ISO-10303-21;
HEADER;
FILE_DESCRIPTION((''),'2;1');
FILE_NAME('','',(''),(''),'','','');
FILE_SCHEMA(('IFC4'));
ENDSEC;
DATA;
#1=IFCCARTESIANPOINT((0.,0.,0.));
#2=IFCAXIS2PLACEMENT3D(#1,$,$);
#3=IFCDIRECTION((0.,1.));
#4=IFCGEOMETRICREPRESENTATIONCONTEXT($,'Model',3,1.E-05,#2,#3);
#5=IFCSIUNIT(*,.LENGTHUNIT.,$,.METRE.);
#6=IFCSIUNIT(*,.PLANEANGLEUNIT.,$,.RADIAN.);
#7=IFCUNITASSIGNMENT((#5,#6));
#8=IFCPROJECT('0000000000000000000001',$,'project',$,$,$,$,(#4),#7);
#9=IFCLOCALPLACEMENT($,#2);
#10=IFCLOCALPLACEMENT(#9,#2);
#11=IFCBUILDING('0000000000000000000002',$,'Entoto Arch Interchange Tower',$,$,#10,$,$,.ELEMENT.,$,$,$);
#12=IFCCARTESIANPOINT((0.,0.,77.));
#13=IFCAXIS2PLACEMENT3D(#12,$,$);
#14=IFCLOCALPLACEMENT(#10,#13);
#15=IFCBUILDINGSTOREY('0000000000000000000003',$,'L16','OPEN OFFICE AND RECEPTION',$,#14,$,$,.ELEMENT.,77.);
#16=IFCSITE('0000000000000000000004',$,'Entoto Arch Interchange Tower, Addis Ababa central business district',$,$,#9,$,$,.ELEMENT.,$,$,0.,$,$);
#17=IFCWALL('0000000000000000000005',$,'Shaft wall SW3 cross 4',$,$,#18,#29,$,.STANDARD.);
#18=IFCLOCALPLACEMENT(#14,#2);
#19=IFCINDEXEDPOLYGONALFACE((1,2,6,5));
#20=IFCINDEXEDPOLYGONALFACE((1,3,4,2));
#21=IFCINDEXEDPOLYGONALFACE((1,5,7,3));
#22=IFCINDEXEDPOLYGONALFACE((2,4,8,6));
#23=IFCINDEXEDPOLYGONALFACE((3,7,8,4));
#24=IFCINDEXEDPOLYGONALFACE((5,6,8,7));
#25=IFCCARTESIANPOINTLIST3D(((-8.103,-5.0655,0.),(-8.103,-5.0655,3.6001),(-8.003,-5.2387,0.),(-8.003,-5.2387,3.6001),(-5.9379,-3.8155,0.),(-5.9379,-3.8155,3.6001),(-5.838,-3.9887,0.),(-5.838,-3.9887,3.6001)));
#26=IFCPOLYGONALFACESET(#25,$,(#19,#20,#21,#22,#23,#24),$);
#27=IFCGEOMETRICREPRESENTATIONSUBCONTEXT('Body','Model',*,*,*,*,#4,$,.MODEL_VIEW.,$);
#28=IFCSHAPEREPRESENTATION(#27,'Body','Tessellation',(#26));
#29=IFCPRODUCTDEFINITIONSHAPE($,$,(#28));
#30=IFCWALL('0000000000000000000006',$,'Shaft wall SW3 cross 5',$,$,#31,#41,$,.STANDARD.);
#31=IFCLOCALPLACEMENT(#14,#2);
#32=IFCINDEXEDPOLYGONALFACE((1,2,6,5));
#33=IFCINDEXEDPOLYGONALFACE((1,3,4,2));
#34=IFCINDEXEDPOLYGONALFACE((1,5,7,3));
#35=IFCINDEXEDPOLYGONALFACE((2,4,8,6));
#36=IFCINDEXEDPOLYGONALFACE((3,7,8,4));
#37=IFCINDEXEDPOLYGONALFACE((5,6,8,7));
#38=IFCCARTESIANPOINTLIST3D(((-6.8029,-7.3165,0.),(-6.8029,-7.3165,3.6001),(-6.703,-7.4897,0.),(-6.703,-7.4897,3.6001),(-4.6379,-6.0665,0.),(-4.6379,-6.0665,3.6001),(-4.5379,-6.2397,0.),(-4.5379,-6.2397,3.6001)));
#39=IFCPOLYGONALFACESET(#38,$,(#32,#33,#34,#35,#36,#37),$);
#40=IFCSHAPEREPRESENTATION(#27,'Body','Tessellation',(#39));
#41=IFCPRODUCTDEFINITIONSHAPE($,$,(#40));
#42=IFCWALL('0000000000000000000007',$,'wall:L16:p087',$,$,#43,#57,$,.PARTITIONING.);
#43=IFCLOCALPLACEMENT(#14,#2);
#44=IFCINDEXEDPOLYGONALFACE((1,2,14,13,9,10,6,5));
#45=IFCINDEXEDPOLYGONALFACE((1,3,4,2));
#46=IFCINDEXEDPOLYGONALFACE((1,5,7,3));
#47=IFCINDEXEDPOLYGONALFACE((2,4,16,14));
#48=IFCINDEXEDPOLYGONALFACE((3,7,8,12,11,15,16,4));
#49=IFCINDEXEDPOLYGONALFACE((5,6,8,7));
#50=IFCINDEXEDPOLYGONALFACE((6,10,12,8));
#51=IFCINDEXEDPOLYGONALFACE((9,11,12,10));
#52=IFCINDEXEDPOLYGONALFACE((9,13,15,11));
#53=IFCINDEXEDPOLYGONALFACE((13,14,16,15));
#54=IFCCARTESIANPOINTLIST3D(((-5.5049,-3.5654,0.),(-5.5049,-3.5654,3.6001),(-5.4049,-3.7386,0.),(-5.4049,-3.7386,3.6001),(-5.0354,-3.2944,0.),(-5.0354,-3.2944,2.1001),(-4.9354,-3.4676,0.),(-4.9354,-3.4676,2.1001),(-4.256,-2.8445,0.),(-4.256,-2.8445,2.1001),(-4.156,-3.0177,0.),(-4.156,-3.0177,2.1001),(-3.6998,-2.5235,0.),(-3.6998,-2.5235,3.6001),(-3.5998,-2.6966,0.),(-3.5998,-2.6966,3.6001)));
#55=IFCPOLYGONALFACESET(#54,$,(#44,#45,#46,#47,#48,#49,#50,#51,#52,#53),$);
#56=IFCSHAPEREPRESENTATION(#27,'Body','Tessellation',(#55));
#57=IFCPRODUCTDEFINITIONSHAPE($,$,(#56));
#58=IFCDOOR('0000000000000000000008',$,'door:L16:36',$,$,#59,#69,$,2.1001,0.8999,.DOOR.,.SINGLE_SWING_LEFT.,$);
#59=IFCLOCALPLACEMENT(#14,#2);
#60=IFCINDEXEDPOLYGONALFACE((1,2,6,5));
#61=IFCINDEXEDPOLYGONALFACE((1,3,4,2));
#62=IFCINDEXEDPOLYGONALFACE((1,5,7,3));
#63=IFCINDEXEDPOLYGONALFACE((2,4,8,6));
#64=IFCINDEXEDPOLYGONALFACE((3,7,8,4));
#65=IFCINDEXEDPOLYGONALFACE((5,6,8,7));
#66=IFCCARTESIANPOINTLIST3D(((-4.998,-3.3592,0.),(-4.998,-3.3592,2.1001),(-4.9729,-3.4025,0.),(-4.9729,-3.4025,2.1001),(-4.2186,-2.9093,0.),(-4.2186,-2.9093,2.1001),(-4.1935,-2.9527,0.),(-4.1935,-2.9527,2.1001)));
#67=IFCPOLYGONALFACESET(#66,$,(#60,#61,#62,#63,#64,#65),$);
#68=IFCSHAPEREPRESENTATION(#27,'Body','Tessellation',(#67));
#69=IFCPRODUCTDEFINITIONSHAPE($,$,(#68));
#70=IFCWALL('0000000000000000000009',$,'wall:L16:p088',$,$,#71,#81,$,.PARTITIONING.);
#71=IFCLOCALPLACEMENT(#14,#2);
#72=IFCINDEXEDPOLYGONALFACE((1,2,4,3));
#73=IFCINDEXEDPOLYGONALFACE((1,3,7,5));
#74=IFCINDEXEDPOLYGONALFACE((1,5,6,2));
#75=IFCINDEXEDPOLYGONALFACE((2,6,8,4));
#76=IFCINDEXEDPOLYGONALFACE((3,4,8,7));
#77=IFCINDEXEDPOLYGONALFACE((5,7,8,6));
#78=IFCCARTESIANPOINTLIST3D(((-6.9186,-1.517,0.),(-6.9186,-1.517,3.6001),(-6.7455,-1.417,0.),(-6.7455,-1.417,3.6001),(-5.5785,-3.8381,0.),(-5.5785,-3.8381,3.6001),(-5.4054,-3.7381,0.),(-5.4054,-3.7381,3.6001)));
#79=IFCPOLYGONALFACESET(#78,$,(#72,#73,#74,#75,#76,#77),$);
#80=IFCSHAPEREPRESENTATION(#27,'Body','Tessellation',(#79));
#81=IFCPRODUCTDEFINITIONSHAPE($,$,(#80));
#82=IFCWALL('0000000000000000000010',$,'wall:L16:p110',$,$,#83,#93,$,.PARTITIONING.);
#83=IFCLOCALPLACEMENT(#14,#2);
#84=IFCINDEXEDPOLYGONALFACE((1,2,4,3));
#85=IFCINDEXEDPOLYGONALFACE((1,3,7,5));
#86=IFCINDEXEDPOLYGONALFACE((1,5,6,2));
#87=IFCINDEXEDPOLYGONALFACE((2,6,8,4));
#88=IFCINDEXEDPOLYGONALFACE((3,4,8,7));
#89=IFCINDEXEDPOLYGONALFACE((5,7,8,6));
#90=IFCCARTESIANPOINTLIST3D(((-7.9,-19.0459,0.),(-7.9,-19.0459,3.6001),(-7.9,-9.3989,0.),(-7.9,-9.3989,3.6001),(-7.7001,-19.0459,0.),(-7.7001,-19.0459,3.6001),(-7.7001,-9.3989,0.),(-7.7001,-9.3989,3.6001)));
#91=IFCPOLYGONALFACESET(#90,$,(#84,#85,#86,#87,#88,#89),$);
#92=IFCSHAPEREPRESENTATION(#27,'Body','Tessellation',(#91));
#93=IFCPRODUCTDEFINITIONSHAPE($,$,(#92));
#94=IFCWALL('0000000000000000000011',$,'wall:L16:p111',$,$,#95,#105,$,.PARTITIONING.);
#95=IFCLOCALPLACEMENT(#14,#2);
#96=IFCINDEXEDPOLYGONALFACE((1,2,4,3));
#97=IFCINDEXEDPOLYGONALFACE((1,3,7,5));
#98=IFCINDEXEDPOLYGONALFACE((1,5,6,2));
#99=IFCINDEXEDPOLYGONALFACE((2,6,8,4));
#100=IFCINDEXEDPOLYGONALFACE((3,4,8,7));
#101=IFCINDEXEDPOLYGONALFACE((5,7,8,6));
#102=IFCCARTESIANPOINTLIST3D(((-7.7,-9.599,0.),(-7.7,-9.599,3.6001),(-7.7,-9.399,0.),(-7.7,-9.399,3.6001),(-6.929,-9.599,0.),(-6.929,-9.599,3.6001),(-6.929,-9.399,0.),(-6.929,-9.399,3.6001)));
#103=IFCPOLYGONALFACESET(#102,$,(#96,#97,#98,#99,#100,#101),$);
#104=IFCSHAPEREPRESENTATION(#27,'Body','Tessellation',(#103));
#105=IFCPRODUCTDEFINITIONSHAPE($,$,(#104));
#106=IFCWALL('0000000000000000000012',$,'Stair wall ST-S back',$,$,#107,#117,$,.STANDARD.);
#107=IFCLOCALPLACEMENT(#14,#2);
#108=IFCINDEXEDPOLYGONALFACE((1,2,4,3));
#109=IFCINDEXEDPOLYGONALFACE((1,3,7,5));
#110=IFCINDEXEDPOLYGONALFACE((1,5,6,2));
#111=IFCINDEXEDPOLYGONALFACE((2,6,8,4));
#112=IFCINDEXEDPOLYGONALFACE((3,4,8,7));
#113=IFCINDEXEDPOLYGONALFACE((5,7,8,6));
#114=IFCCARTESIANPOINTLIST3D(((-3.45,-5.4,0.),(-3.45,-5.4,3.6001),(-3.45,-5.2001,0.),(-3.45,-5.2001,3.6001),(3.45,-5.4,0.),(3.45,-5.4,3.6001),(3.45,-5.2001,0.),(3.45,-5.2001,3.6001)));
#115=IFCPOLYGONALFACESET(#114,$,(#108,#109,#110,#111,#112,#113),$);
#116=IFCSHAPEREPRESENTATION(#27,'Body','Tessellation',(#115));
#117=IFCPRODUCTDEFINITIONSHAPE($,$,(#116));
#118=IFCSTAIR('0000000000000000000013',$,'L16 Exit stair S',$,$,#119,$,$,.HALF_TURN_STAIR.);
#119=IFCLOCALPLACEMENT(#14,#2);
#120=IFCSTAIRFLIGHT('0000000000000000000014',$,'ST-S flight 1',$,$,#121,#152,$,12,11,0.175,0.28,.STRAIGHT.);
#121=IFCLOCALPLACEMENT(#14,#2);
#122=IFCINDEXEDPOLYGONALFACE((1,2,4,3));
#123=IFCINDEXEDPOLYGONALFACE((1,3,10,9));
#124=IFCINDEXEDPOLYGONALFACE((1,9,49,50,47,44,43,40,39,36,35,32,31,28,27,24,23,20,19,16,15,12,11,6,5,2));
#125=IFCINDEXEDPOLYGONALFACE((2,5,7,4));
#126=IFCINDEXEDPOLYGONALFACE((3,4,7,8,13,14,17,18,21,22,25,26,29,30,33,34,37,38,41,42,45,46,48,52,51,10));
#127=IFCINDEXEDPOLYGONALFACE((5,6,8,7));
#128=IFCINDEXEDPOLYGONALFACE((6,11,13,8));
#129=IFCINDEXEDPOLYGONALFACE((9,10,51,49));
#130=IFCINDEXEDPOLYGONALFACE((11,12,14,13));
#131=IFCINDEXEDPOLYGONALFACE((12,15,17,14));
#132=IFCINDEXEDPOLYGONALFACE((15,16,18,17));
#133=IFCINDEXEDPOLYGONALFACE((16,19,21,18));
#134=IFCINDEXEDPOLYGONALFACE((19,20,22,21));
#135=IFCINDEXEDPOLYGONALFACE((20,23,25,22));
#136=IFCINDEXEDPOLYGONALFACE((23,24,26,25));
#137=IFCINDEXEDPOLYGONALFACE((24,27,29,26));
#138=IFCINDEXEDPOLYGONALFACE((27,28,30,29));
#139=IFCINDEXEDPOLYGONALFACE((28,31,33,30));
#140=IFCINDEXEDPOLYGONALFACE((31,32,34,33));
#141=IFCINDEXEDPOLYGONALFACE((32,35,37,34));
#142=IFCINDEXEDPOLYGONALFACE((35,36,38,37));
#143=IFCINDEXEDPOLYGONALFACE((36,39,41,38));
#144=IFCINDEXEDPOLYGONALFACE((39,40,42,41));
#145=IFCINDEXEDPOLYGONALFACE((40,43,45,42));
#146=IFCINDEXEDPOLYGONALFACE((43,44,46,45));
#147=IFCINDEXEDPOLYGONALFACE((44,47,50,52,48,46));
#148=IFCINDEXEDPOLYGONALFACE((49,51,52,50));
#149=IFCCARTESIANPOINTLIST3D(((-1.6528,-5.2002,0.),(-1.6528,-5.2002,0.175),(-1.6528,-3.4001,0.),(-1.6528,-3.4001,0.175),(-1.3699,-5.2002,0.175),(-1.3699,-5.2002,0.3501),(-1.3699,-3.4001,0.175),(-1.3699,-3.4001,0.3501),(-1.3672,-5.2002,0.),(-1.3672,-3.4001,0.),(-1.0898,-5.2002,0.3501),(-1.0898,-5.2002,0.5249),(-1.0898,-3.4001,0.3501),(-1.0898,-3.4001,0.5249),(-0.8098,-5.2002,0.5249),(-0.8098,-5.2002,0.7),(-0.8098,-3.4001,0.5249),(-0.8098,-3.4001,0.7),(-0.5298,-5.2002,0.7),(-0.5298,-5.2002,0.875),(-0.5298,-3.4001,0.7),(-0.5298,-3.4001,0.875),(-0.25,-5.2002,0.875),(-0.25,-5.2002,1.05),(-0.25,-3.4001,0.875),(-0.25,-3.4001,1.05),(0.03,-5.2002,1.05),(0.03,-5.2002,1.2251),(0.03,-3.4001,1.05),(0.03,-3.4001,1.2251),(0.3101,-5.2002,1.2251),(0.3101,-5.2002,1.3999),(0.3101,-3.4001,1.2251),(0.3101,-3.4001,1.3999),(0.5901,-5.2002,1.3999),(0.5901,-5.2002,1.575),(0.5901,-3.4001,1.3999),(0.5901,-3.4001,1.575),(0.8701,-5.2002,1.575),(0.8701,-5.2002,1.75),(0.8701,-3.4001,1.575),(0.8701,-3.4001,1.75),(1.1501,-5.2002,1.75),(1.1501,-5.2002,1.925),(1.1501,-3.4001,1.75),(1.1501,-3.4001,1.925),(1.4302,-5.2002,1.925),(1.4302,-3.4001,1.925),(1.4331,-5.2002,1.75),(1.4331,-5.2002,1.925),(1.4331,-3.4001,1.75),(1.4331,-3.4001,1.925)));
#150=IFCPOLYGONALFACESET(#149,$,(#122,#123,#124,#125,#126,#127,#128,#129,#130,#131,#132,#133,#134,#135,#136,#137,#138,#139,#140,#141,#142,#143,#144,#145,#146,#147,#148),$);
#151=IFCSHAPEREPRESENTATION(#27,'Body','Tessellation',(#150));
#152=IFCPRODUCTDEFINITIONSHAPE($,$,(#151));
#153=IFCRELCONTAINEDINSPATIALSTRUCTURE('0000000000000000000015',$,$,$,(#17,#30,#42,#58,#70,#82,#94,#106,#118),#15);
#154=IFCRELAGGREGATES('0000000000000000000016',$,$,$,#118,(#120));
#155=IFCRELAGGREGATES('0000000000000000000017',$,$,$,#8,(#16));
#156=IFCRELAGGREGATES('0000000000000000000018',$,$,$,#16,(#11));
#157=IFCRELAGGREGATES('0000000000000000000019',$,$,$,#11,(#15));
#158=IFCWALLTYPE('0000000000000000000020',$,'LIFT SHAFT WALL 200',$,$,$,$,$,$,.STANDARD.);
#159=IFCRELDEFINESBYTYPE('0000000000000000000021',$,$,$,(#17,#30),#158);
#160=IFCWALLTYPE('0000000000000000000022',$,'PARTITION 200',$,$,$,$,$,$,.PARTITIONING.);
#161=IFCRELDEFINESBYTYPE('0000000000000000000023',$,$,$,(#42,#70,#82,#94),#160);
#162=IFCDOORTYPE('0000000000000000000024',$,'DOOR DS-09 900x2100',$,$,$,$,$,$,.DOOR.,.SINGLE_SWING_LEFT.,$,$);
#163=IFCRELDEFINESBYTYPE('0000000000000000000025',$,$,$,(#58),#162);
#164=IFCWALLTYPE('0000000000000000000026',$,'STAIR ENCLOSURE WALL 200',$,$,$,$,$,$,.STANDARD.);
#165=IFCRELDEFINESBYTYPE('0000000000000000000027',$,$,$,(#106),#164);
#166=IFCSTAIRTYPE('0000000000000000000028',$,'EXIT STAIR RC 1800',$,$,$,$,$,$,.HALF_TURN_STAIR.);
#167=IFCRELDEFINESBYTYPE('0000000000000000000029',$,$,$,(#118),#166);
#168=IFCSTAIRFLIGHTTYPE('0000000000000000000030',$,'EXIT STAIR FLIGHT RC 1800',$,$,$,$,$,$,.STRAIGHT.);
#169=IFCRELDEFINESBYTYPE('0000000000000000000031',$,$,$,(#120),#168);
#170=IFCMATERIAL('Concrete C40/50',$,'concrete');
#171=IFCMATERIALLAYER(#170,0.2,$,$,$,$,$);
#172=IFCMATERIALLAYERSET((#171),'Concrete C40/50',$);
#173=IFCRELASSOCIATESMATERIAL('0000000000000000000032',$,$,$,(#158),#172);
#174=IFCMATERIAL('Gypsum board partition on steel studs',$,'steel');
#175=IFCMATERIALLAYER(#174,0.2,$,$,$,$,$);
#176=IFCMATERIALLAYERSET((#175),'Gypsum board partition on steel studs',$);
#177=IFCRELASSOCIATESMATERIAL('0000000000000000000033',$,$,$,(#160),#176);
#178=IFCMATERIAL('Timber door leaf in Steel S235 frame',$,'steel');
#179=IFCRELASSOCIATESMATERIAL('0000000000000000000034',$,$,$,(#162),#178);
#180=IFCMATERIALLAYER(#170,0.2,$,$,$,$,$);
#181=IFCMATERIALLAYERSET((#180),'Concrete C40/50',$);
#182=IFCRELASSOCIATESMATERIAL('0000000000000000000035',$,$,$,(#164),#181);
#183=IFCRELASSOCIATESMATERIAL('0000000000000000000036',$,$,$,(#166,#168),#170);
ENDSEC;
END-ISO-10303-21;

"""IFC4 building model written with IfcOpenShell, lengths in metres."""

from ifc_helpers import new_model, si_unit, direction, frame, frame_2d, origin, place, context, subcontext, project, spatial, polyline, rectangle, outline, extrude, material, layer, layer_set, type_object, element, fill, aggregate, save


model = new_model("IFC4")

# Units and contexts
model_context = context("Model", 3, precision=1e-05, world=origin(), true_north=direction((0.0, 1.0)))
body_context = subcontext(model_context, "Body", "Model", "MODEL_VIEW")
ifc_project = project(units=[si_unit("LENGTHUNIT", "METRE"), si_unit("PLANEANGLEUNIT", "RADIAN")], contexts=[model_context])

# Site, building, storey
site_placement = place(None, origin())
site = spatial("IfcSite", under=ifc_project, at=site_placement, Name="Entoto Arch Interchange Tower, Addis Ababa central business district", CompositionType="ELEMENT", RefElevation=0.0)
building_placement = place(site_placement, origin())
building = spatial("IfcBuilding", under=site, at=building_placement, Name="Entoto Arch Interchange Tower", CompositionType="ELEMENT")
storey_placement = place(building_placement, frame((0.0, 0.0, 77.0)))
storey = spatial("IfcBuildingStorey", under=building, at=storey_placement, Name="L16", Description="OPEN OFFICE AND RECEPTION", CompositionType="ELEMENT", Elevation=77.0)

# Walls
ifc_material_1 = material(Name="Concrete C40/50", Category="concrete")
ifc_layer_1 = layer(ifc_material_1, 0.2)
ifc_layer_set_1 = layer_set([ifc_layer_1], Name="Concrete C40/50")
wall_type_1 = type_object("IfcWallType", Name="LIFT SHAFT WALL 200", PredefinedType="STANDARD", material=ifc_layer_set_1)
for number, where, z_axis, x_axis, name in (
    (1, (-5.8879, -3.9021, 0.0), (0.0, 0.0, 1.0), (-0.866023, -0.500004, 0.0), "Shaft wall SW3 cross 4"),
    (2, (-4.5879, -6.1531, 0.0), (0.0, 0.0, 1.0), (-0.866023, -0.500004, 0.0), "Shaft wall SW3 cross 5"),
):
    element("IfcWall", number, at=place(storey_placement, frame(where, z_axis=z_axis, x_axis=x_axis)), inside=storey, type_object=wall_type_1, Name=name, PredefinedType="STANDARD", context=body_context, shape_type="SweptSolid", body=[
        extrude(rectangle(XDim=2.5, YDim=0.2, at=frame_2d((1.25, 0.0))), origin(), (0.0, 0.0, 1.0), 3.6001),
    ])

# Wall, opening, door
ifc_material_2 = material(Name="Gypsum board partition on steel studs", Category="steel")
ifc_layer_2 = layer(ifc_material_2, 0.2)
ifc_layer_set_2 = layer_set([ifc_layer_2], Name="Gypsum board partition on steel studs")
wall_type_2 = type_object("IfcWallType", Name="PARTITION 200", PredefinedType="PARTITIONING", material=ifc_layer_set_2)
wall_1_placement = place(storey_placement, frame((-3.6499, -2.6101, 0.0), z_axis=(0.0, 0.0, 1.0), x_axis=(-0.866072, -0.499918, 0.0)))
wall_1 = element("IfcWall", 3, at=wall_1_placement, inside=storey, type_object=wall_type_2, Name="wall:L16:p087", PredefinedType="PARTITIONING", context=body_context, shape_type="SweptSolid", body=[
    extrude(rectangle(XDim=2.0842, YDim=0.2, at=frame_2d((1.042, 0.0))), origin(), (0.0, 0.0, 1.0), 3.6001),
])
opening_placement = place(wall_1_placement, frame((0.6421, 0.0, 0.0)))
opening = element("IfcOpeningElement", 4, at=opening_placement, cuts=wall_1, PredefinedType="OPENING", context=body_context, shape_type="SweptSolid", body=[
    extrude(rectangle(XDim=0.8999, YDim=2.1001, at=frame_2d((0.45, 1.05))), frame((0.0, 0.1099, 0.0), z_axis=(0.0, -1.0, 0.0), x_axis=(1.0, 0.0, 0.0)), (0.0, 0.0, 1.0), 0.22),
])
ifc_material_3 = material(Name="Timber door leaf in Steel S235 frame", Category="steel")
door_type = type_object("IfcDoorType", Name="DOOR DS-09 900x2100", OperationType="SINGLE_SWING_LEFT", PredefinedType="DOOR", material=ifc_material_3)
door_placement = place(opening_placement, origin())
door = element("IfcDoor", 5, at=door_placement, inside=storey, type_object=door_type, Name="door:L16:36", OperationType="SINGLE_SWING_LEFT", OverallHeight=2.1001, OverallWidth=0.8999, PredefinedType="DOOR", context=body_context, shape_type="SweptSolid", body=[
    extrude(rectangle(XDim=0.8999, YDim=2.1001, at=frame_2d((0.45, 1.05))), frame((0.0, 0.0249, 0.0), z_axis=(0.0, -1.0, 0.0), x_axis=(1.0, 0.0, 0.0)), (0.0, 0.0, 1.0), 0.05),
])
fill(opening, door)

# Walls
wall_2_placement = place(storey_placement, frame((-5.4919, -3.7881, 0.0), z_axis=(0.0, 0.0, 1.0), x_axis=(-0.500009, 0.86602, 0.0)))
element("IfcWall", 6, at=wall_2_placement, inside=storey, type_object=wall_type_2, Name="wall:L16:p088", PredefinedType="PARTITIONING", context=body_context, shape_type="SweptSolid", body=[
    extrude(rectangle(XDim=2.6802, YDim=0.2, at=frame_2d((1.3401, 0.0))), origin(), (0.0, 0.0, 1.0), 3.6001),
])
wall_3_placement = place(storey_placement, frame((-7.8, -19.0459, 0.0), z_axis=(0.0, 0.0, 1.0), x_axis=(0.0, 1.0, 0.0)))
element("IfcWall", 7, at=wall_3_placement, inside=storey, type_object=wall_type_2, Name="wall:L16:p110", PredefinedType="PARTITIONING", context=body_context, shape_type="SweptSolid", body=[
    extrude(rectangle(XDim=9.647, YDim=0.2, at=frame_2d((4.8235, 0.0))), origin(), (0.0, 0.0, 1.0), 3.6001),
])
wall_4_placement = place(storey_placement, frame((-7.7, -9.499, 0.0), z_axis=(0.0, 0.0, 1.0), x_axis=(1.0, 0.0, 0.0)))
element("IfcWall", 8, at=wall_4_placement, inside=storey, type_object=wall_type_2, Name="wall:L16:p111", PredefinedType="PARTITIONING", context=body_context, shape_type="SweptSolid", body=[
    extrude(rectangle(XDim=0.771, YDim=0.2, at=frame_2d((0.3855, 0.0))), origin(), (0.0, 0.0, 1.0), 3.6001),
])
ifc_layer_3 = layer(ifc_material_1, 0.2)
ifc_layer_set_3 = layer_set([ifc_layer_3], Name="Concrete C40/50")
wall_type_3 = type_object("IfcWallType", Name="STAIR ENCLOSURE WALL 200", PredefinedType="STANDARD", material=ifc_layer_set_3)
wall_5_placement = place(storey_placement, frame((-3.45, -5.3, 0.0), z_axis=(0.0, 0.0, 1.0), x_axis=(1.0, 0.0, 0.0)))
element("IfcWall", 9, at=wall_5_placement, inside=storey, type_object=wall_type_3, Name="Stair wall ST-S back", PredefinedType="STANDARD", context=body_context, shape_type="SweptSolid", body=[
    extrude(rectangle(XDim=6.8999, YDim=0.2, at=frame_2d((3.45, 0.0))), origin(), (0.0, 0.0, 1.0), 3.6001),
])

# Stair, stair flight
stair_type = type_object("IfcStairType", Name="EXIT STAIR RC 1800", PredefinedType="HALF_TURN_STAIR", material=ifc_material_1)
stair_placement = place(storey_placement, origin())
stair = element("IfcStair", 10, at=stair_placement, inside=storey, type_object=stair_type, Name="L16 Exit stair S", PredefinedType="HALF_TURN_STAIR")
stair_flight_type = type_object("IfcStairFlightType", Name="EXIT STAIR FLIGHT RC 1800", PredefinedType="STRAIGHT", material=ifc_material_1)
stair_flight_placement = place(storey_placement, frame((-1.6499, -4.3, 0.0), z_axis=(0.0, 0.0, 1.0), x_axis=(1.0, 0.0, 0.0)))
stair_flight = element("IfcStairFlight", 11, at=stair_flight_placement, type_object=stair_flight_type, Name="ST-S flight 1", NumberOfRisers=12, NumberOfTreads=11, PredefinedType="STRAIGHT", RiserHeight=0.175, TreadLength=0.28, context=body_context, shape_type="SweptSolid", body=[
    extrude(outline(polyline([(-0.0029, 0.0), (-0.0029, 0.175), (0.28, 0.175), (0.28, 0.3501), (0.5601, 0.3501), (0.5601, 0.5249), (0.8401, 0.5249), (0.8401, 0.7), (1.1201, 0.7), (1.1201, 0.875), (1.3999, 0.875), (1.3999, 1.05), (1.6799, 1.05), (1.6799, 1.2251), (1.96, 1.2251), (1.96, 1.3999), (2.24, 1.3999), (2.24, 1.575), (2.52, 1.575), (2.52, 1.75), (2.8, 1.75), (2.8, 1.925), (3.0801, 1.925), (3.083, 1.925), (3.083, 1.75), (0.2827, 0.0), (-0.0029, 0.0)])), frame((0.0, 0.8999, 0.0), z_axis=(0.0, -1.0, 0.0), x_axis=(1.0, 0.0, 0.0)), (0.0, 0.0, 1.0), 1.8),
])
aggregate(stair, [stair_flight])

save(model, "model.ifc")
